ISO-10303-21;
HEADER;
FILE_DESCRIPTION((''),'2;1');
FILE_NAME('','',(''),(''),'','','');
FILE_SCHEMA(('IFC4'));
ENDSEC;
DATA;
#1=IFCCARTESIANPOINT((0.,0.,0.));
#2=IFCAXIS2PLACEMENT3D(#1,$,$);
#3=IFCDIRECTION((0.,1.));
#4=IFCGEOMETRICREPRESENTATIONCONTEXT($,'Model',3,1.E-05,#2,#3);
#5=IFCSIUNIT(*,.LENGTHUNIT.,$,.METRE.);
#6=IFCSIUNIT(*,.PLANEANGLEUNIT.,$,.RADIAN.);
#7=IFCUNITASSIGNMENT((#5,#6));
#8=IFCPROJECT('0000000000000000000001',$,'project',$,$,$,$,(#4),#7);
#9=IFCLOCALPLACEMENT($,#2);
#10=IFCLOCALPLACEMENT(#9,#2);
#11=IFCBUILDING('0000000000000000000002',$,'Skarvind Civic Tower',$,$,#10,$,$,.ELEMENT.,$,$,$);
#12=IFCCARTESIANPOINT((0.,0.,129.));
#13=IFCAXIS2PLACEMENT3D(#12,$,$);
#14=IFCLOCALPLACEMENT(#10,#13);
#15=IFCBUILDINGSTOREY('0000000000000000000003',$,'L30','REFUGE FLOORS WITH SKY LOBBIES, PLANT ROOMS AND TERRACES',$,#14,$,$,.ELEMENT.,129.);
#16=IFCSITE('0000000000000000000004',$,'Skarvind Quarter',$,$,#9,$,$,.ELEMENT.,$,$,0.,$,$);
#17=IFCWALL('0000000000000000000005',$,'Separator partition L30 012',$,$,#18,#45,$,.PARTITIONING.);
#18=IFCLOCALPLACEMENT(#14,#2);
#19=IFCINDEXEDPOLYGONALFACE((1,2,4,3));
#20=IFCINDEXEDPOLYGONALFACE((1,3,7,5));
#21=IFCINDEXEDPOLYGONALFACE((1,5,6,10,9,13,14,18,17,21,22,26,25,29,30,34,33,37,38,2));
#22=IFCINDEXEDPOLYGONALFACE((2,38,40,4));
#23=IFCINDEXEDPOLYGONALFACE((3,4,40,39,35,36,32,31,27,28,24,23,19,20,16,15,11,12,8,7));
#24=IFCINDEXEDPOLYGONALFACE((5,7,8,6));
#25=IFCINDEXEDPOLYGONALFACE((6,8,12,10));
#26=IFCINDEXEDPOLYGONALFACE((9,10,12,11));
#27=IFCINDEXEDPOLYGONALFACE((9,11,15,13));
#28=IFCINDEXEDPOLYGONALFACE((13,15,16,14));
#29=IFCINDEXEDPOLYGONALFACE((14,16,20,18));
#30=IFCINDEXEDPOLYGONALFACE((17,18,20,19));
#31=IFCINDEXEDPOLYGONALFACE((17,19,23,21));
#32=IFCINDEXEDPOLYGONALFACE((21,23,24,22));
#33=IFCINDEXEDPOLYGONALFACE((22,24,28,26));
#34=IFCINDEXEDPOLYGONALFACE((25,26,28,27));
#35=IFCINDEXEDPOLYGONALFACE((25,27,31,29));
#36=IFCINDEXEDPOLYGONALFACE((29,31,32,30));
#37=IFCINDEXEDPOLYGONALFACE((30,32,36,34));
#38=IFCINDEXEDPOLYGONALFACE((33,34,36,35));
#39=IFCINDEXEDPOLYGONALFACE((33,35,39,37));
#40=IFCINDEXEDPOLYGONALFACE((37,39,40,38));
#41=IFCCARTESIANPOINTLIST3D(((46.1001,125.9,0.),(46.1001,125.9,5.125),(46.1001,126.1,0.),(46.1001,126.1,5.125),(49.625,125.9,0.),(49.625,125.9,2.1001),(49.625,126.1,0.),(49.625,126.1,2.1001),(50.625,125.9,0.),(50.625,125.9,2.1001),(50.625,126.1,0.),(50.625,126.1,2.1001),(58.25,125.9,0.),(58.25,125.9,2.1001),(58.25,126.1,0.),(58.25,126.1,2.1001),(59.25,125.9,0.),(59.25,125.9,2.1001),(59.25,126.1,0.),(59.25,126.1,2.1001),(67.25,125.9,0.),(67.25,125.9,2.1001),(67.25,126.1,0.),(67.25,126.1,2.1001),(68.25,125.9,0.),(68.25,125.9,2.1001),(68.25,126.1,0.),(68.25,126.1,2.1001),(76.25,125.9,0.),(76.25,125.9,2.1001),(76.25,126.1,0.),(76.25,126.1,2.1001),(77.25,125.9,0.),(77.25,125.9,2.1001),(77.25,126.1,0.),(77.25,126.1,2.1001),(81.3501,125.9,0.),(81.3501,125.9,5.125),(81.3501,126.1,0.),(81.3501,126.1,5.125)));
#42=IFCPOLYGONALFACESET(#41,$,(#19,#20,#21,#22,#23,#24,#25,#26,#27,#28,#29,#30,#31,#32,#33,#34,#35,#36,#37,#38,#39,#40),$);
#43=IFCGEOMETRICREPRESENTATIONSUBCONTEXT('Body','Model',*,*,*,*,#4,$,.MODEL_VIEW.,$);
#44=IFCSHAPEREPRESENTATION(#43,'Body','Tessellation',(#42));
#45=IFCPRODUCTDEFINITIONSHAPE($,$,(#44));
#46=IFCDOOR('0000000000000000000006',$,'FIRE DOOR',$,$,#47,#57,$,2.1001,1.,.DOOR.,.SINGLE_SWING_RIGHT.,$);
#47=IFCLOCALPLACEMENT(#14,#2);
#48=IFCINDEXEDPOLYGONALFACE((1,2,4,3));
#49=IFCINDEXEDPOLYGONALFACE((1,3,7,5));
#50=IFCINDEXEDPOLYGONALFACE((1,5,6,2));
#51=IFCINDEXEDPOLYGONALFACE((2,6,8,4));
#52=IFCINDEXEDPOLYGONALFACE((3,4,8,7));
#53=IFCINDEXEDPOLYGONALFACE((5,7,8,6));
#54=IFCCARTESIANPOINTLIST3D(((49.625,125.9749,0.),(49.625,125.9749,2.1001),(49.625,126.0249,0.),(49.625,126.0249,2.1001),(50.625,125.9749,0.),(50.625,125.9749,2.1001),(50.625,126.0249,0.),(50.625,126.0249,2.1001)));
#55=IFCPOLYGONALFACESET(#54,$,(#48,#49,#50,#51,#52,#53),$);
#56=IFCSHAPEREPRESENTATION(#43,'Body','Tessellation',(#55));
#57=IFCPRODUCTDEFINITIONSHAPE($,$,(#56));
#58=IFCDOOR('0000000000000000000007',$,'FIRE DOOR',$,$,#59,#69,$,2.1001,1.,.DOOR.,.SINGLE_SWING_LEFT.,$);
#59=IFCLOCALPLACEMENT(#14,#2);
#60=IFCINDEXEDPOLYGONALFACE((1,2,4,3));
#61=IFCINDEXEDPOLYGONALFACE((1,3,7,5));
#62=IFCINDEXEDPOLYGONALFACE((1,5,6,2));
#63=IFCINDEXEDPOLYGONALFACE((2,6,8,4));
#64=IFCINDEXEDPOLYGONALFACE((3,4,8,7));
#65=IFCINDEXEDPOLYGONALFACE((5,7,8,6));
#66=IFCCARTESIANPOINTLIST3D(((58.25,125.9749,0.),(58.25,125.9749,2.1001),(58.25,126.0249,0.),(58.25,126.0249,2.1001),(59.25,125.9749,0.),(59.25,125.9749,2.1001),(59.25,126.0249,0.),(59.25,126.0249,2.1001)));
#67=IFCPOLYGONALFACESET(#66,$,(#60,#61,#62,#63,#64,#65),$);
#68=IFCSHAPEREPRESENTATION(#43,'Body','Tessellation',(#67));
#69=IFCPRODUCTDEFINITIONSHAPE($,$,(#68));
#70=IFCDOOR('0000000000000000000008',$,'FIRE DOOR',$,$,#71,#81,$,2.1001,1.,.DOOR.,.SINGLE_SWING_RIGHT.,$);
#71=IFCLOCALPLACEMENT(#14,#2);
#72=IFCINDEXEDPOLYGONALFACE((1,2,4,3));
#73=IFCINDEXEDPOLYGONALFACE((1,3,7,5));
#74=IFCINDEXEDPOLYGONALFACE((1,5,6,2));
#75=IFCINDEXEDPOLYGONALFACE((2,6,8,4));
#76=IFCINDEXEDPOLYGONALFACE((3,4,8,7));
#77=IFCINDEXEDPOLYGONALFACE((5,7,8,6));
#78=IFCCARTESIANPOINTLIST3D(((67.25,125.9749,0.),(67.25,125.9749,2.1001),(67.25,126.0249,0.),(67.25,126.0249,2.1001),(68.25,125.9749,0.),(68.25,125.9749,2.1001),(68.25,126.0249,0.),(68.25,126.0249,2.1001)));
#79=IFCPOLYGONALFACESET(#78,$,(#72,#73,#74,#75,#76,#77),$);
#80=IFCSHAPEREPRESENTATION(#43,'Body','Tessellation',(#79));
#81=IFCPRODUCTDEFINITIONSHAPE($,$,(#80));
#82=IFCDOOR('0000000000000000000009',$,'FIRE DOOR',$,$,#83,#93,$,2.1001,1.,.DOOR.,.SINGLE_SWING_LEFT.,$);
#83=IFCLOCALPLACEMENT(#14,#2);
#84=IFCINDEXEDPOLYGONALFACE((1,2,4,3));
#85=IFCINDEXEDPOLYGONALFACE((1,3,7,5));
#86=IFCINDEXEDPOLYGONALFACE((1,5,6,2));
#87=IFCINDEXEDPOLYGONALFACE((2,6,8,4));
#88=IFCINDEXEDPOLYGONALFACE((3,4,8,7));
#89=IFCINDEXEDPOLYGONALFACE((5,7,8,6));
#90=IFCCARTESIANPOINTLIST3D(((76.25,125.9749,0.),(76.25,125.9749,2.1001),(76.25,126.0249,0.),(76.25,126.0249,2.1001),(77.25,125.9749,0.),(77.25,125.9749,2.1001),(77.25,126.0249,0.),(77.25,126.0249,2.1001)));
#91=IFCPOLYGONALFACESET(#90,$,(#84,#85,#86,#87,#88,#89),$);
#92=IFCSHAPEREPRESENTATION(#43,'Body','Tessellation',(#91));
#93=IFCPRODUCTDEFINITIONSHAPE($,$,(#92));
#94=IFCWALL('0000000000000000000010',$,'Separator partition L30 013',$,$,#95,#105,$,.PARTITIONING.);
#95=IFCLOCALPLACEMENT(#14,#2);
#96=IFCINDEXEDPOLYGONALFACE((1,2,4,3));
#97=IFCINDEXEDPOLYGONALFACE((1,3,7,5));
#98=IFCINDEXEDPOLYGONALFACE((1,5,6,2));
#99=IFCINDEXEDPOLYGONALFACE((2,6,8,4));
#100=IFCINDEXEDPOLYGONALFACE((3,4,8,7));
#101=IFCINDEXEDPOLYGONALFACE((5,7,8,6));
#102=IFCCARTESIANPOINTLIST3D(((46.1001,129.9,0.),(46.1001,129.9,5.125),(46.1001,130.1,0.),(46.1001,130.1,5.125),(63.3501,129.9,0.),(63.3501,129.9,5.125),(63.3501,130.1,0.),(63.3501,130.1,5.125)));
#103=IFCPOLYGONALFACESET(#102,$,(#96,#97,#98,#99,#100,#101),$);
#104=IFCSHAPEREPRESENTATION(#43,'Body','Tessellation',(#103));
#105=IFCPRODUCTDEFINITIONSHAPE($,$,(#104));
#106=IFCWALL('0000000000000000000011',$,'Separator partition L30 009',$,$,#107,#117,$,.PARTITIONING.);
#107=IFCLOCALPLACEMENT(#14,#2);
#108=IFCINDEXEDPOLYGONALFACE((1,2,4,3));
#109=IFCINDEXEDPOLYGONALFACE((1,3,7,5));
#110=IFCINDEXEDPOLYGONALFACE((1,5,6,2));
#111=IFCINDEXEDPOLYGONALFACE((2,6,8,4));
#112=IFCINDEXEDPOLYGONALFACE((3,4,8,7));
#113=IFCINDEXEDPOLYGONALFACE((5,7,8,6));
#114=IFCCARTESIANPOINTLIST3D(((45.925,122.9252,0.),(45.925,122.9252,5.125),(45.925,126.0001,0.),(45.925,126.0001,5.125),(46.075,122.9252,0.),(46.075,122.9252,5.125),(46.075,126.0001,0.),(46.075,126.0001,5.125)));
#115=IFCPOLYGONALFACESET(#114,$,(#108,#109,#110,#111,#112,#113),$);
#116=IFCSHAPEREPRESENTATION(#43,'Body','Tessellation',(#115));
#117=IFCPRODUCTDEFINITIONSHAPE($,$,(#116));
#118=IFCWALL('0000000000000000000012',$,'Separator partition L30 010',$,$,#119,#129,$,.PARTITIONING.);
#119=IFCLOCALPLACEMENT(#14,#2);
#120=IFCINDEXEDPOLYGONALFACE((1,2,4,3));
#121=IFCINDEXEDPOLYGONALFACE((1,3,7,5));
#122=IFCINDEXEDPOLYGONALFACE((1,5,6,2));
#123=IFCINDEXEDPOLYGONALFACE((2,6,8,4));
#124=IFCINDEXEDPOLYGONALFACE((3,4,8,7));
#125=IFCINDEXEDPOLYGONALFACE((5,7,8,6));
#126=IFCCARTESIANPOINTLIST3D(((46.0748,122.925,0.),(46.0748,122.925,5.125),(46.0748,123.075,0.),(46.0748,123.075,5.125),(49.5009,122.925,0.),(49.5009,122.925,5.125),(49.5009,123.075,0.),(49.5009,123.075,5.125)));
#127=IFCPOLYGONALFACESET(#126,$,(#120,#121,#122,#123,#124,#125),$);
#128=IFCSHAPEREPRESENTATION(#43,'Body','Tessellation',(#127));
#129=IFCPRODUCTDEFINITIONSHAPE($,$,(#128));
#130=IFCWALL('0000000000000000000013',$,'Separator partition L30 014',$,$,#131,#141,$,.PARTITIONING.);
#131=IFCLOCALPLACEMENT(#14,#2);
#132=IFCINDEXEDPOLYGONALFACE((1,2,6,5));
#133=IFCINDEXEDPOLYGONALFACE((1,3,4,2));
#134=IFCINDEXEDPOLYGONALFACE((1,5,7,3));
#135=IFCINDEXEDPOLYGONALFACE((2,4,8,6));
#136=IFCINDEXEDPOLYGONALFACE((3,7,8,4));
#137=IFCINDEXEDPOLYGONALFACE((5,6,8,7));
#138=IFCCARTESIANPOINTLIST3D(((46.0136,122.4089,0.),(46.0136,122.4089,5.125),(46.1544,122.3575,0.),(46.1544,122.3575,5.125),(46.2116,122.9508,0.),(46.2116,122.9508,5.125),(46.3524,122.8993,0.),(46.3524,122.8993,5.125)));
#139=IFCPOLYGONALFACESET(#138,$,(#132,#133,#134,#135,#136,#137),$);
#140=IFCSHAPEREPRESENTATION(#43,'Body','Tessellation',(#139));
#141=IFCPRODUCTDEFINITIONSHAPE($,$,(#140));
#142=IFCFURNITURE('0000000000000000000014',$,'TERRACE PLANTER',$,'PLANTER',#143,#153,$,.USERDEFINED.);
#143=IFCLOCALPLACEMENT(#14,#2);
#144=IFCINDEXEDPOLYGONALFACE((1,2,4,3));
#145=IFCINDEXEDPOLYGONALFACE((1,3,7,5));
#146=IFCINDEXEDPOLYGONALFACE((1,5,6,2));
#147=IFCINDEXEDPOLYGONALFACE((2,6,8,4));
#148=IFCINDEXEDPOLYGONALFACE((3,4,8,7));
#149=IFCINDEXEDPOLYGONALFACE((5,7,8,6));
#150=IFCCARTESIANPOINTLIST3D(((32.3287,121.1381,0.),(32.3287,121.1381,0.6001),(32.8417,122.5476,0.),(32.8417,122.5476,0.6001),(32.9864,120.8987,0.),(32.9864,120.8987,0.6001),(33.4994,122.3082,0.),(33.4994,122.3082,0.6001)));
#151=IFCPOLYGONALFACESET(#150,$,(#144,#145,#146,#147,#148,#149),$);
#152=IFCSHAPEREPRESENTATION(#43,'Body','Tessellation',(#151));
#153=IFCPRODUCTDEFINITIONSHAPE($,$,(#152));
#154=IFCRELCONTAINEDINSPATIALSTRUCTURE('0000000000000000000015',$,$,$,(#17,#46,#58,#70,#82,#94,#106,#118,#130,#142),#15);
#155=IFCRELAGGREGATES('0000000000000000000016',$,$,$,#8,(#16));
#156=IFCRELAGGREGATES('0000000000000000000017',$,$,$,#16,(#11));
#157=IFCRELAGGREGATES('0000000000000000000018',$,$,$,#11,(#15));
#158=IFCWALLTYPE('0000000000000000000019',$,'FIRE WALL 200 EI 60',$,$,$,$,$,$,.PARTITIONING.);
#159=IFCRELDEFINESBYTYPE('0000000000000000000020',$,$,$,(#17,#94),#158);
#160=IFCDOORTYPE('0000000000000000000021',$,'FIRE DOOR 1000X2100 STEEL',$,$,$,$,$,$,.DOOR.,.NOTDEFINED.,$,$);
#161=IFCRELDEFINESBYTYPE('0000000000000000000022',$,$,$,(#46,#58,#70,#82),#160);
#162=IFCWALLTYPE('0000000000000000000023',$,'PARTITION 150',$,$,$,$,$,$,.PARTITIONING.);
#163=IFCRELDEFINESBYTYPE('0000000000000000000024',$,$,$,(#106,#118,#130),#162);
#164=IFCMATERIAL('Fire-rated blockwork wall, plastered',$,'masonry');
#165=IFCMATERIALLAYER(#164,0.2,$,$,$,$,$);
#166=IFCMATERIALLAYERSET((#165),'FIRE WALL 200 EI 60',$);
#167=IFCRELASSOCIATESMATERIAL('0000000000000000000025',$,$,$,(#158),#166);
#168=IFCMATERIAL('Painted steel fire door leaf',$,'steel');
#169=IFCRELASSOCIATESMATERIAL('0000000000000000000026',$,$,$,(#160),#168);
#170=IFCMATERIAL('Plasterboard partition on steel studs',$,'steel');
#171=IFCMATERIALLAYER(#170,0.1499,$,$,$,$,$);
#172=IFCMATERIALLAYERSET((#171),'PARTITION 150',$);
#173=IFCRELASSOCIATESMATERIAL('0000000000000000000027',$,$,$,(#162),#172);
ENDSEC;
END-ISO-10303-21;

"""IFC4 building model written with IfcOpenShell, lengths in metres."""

from ifc_helpers import new_model, si_unit, direction, frame, frame_2d, origin, origin_2d, place, context, subcontext, project, spatial, rectangle, extrude, material, layer, layer_set, type_object, element, fill, save


model = new_model("IFC4")

# Units and contexts
model_context = context("Model", 3, precision=1e-05, world=origin(), true_north=direction((0.0, 1.0)))
body_context = subcontext(model_context, "Body", "Model", "MODEL_VIEW")
ifc_project = project(units=[si_unit("LENGTHUNIT", "METRE"), si_unit("PLANEANGLEUNIT", "RADIAN")], contexts=[model_context])

# Site, building, storey
site_placement = place(None, origin())
site = spatial("IfcSite", under=ifc_project, at=site_placement, Name="Skarvind Quarter", CompositionType="ELEMENT", RefElevation=0.0)
building_placement = place(site_placement, origin())
building = spatial("IfcBuilding", under=site, at=building_placement, Name="Skarvind Civic Tower", CompositionType="ELEMENT")
storey_placement = place(building_placement, frame((0.0, 0.0, 129.0)))
storey = spatial("IfcBuildingStorey", under=building, at=storey_placement, Name="L30", Description="REFUGE FLOORS WITH SKY LOBBIES, PLANT ROOMS AND TERRACES", CompositionType="ELEMENT", Elevation=129.0)

# Shared definitions
ifc_material_1 = material(Name="Fire-rated blockwork wall, plastered", Category="masonry")
ifc_layer_1 = layer(ifc_material_1, 0.2)
ifc_layer_set_1 = layer_set([ifc_layer_1], Name="FIRE WALL 200 EI 60")
wall_type_1 = type_object("IfcWallType", Name="FIRE WALL 200 EI 60", PredefinedType="PARTITIONING", material=ifc_layer_set_1)
ifc_material_2 = material(Name="Painted steel fire door leaf", Category="steel")
door_type = type_object("IfcDoorType", Name="FIRE DOOR 1000X2100 STEEL", OperationType="NOTDEFINED", PredefinedType="DOOR", material=ifc_material_2)

# Wall, openings, doors
wall_1_placement = place(storey_placement, frame((46.1001, 126.0, 0.0), z_axis=(0.0, 0.0, 1.0), x_axis=(1.0, 0.0, 0.0)))
wall_1 = element("IfcWall", 1, at=wall_1_placement, inside=storey, type_object=wall_type_1, Name="Separator partition L30 012", PredefinedType="PARTITIONING", context=body_context, shape_type="SweptSolid", body=[
    extrude(rectangle(XDim=35.25, YDim=0.2, at=frame_2d((17.625, 0.0))), origin(), (0.0, 0.0, 1.0), 5.125),
])
opening_1_placement = place(wall_1_placement, frame((3.5249, 0.0, 0.0)))
opening_1 = element("IfcOpeningElement", 2, at=opening_1_placement, cuts=wall_1, PredefinedType="OPENING", context=body_context, shape_type="SweptSolid", body=[
    extrude(rectangle(XDim=1.0, YDim=2.1001, at=frame_2d((0.5, 1.05))), frame((0.0, 0.1099, 0.0), z_axis=(0.0, -1.0, 0.0), x_axis=(1.0, 0.0, 0.0)), (0.0, 0.0, 1.0), 0.22),
])
opening_2_placement = place(wall_1_placement, frame((12.1499, 0.0, 0.0)))
opening_2 = element("IfcOpeningElement", 3, at=opening_2_placement, cuts=wall_1, PredefinedType="OPENING", context=body_context, shape_type="SweptSolid", body=[
    extrude(rectangle(XDim=1.0, YDim=2.1001, at=frame_2d((0.5, 1.05))), frame((0.0, 0.1099, 0.0), z_axis=(0.0, -1.0, 0.0), x_axis=(1.0, 0.0, 0.0)), (0.0, 0.0, 1.0), 0.22),
])
opening_3_placement = place(wall_1_placement, frame((21.1499, 0.0, 0.0)))
opening_3 = element("IfcOpeningElement", 4, at=opening_3_placement, cuts=wall_1, PredefinedType="OPENING", context=body_context, shape_type="SweptSolid", body=[
    extrude(rectangle(XDim=1.0, YDim=2.1001, at=frame_2d((0.5, 1.05))), frame((0.0, 0.1099, 0.0), z_axis=(0.0, -1.0, 0.0), x_axis=(1.0, 0.0, 0.0)), (0.0, 0.0, 1.0), 0.22),
])
opening_4_placement = place(wall_1_placement, frame((30.1499, 0.0, 0.0)))
opening_4 = element("IfcOpeningElement", 5, at=opening_4_placement, cuts=wall_1, PredefinedType="OPENING", context=body_context, shape_type="SweptSolid", body=[
    extrude(rectangle(XDim=1.0, YDim=2.1001, at=frame_2d((0.5, 1.05))), frame((0.0, 0.1099, 0.0), z_axis=(0.0, -1.0, 0.0), x_axis=(1.0, 0.0, 0.0)), (0.0, 0.0, 1.0), 0.22),
])
door_1_placement = place(opening_1_placement, origin())
door_1 = element("IfcDoor", 6, at=door_1_placement, inside=storey, type_object=door_type, Name="FIRE DOOR", OperationType="SINGLE_SWING_RIGHT", OverallHeight=2.1001, OverallWidth=1.0, PredefinedType="DOOR", context=body_context, shape_type="SweptSolid", body=[
    extrude(rectangle(XDim=1.0, YDim=2.1001, at=frame_2d((0.5, 1.05))), frame((0.0, 0.0249, 0.0), z_axis=(0.0, -1.0, 0.0), x_axis=(1.0, 0.0, 0.0)), (0.0, 0.0, 1.0), 0.05),
])
fill(opening_1, door_1)
door_2_placement = place(opening_2_placement, origin())
door_2 = element("IfcDoor", 7, at=door_2_placement, inside=storey, type_object=door_type, Name="FIRE DOOR", OperationType="SINGLE_SWING_LEFT", OverallHeight=2.1001, OverallWidth=1.0, PredefinedType="DOOR", context=body_context, shape_type="SweptSolid", body=[
    extrude(rectangle(XDim=1.0, YDim=2.1001, at=frame_2d((0.5, 1.05))), frame((0.0, 0.0249, 0.0), z_axis=(0.0, -1.0, 0.0), x_axis=(1.0, 0.0, 0.0)), (0.0, 0.0, 1.0), 0.05),
])
fill(opening_2, door_2)
door_3_placement = place(opening_3_placement, origin())
door_3 = element("IfcDoor", 8, at=door_3_placement, inside=storey, type_object=door_type, Name="FIRE DOOR", OperationType="SINGLE_SWING_RIGHT", OverallHeight=2.1001, OverallWidth=1.0, PredefinedType="DOOR", context=body_context, shape_type="SweptSolid", body=[
    extrude(rectangle(XDim=1.0, YDim=2.1001, at=frame_2d((0.5, 1.05))), frame((0.0, 0.0249, 0.0), z_axis=(0.0, -1.0, 0.0), x_axis=(1.0, 0.0, 0.0)), (0.0, 0.0, 1.0), 0.05),
])
fill(opening_3, door_3)
door_4_placement = place(opening_4_placement, origin())
door_4 = element("IfcDoor", 9, at=door_4_placement, inside=storey, type_object=door_type, Name="FIRE DOOR", OperationType="SINGLE_SWING_LEFT", OverallHeight=2.1001, OverallWidth=1.0, PredefinedType="DOOR", context=body_context, shape_type="SweptSolid", body=[
    extrude(rectangle(XDim=1.0, YDim=2.1001, at=frame_2d((0.5, 1.05))), frame((0.0, 0.0249, 0.0), z_axis=(0.0, -1.0, 0.0), x_axis=(1.0, 0.0, 0.0)), (0.0, 0.0, 1.0), 0.05),
])
fill(opening_4, door_4)

# Walls
wall_2_placement = place(storey_placement, frame((46.1001, 130.0, 0.0), z_axis=(0.0, 0.0, 1.0), x_axis=(1.0, 0.0, 0.0)))
element("IfcWall", 10, at=wall_2_placement, inside=storey, type_object=wall_type_1, Name="Separator partition L30 013", PredefinedType="PARTITIONING", context=body_context, shape_type="SweptSolid", body=[
    extrude(rectangle(XDim=17.25, YDim=0.2, at=frame_2d((8.625, 0.0))), origin(), (0.0, 0.0, 1.0), 5.125),
])
ifc_material_3 = material(Name="Plasterboard partition on steel studs", Category="steel")
ifc_layer_2 = layer(ifc_material_3, 0.1499)
ifc_layer_set_2 = layer_set([ifc_layer_2], Name="PARTITION 150")
wall_type_2 = type_object("IfcWallType", Name="PARTITION 150", PredefinedType="PARTITIONING", material=ifc_layer_set_2)
wall_3_placement = place(storey_placement, frame((46.0, 122.925, 0.0), z_axis=(0.0, 0.0, 1.0), x_axis=(0.0, 1.0, 0.0)))
element("IfcWall", 11, at=wall_3_placement, inside=storey, type_object=wall_type_2, Name="Separator partition L30 009", PredefinedType="PARTITIONING", context=body_context, shape_type="SweptSolid", body=[
    extrude(rectangle(XDim=3.075, YDim=0.1499, at=frame_2d((1.5376, 0.0))), origin(), (0.0, 0.0, 1.0), 5.125),
])
wall_4_placement = place(storey_placement, frame((46.075, 123.0, 0.0), z_axis=(0.0, 0.0, 1.0), x_axis=(1.0, 0.0, 0.0)))
element("IfcWall", 12, at=wall_4_placement, inside=storey, type_object=wall_type_2, Name="Separator partition L30 010", PredefinedType="PARTITIONING", context=body_context, shape_type="SweptSolid", body=[
    extrude(rectangle(XDim=3.426, YDim=0.1499, at=frame_2d((1.7129, 0.0))), origin(), (0.0, 0.0, 1.0), 5.125),
])
wall_5_placement = place(storey_placement, frame((46.084, 122.3831, 0.0), z_axis=(0.0, 0.0, 1.0), x_axis=(0.343136, 0.939286, 0.0)))
element("IfcWall", 13, at=wall_5_placement, inside=storey, type_object=wall_type_2, Name="Separator partition L30 014", PredefinedType="PARTITIONING", context=body_context, shape_type="SweptSolid", body=[
    extrude(rectangle(XDim=0.5769, YDim=0.1499, at=frame_2d((0.2886, 0.0))), origin(), (0.0, 0.0, 1.0), 5.125),
])

# Furniture
furniture_placement = place(storey_placement, frame((32.9141, 121.7231, 0.0), z_axis=(0.0, 0.0, 1.0), x_axis=(0.34202, 0.939693, 0.0)))
element("IfcFurniture", 14, at=furniture_placement, inside=storey, Name="TERRACE PLANTER", ObjectType="PLANTER", PredefinedType="USERDEFINED", context=body_context, shape_type="SweptSolid", body=[
    extrude(rectangle(XDim=1.5, YDim=0.7, at=origin_2d()), origin(), (0.0, 0.0, 1.0), 0.6001),
])

save(model, "model.ifc")
